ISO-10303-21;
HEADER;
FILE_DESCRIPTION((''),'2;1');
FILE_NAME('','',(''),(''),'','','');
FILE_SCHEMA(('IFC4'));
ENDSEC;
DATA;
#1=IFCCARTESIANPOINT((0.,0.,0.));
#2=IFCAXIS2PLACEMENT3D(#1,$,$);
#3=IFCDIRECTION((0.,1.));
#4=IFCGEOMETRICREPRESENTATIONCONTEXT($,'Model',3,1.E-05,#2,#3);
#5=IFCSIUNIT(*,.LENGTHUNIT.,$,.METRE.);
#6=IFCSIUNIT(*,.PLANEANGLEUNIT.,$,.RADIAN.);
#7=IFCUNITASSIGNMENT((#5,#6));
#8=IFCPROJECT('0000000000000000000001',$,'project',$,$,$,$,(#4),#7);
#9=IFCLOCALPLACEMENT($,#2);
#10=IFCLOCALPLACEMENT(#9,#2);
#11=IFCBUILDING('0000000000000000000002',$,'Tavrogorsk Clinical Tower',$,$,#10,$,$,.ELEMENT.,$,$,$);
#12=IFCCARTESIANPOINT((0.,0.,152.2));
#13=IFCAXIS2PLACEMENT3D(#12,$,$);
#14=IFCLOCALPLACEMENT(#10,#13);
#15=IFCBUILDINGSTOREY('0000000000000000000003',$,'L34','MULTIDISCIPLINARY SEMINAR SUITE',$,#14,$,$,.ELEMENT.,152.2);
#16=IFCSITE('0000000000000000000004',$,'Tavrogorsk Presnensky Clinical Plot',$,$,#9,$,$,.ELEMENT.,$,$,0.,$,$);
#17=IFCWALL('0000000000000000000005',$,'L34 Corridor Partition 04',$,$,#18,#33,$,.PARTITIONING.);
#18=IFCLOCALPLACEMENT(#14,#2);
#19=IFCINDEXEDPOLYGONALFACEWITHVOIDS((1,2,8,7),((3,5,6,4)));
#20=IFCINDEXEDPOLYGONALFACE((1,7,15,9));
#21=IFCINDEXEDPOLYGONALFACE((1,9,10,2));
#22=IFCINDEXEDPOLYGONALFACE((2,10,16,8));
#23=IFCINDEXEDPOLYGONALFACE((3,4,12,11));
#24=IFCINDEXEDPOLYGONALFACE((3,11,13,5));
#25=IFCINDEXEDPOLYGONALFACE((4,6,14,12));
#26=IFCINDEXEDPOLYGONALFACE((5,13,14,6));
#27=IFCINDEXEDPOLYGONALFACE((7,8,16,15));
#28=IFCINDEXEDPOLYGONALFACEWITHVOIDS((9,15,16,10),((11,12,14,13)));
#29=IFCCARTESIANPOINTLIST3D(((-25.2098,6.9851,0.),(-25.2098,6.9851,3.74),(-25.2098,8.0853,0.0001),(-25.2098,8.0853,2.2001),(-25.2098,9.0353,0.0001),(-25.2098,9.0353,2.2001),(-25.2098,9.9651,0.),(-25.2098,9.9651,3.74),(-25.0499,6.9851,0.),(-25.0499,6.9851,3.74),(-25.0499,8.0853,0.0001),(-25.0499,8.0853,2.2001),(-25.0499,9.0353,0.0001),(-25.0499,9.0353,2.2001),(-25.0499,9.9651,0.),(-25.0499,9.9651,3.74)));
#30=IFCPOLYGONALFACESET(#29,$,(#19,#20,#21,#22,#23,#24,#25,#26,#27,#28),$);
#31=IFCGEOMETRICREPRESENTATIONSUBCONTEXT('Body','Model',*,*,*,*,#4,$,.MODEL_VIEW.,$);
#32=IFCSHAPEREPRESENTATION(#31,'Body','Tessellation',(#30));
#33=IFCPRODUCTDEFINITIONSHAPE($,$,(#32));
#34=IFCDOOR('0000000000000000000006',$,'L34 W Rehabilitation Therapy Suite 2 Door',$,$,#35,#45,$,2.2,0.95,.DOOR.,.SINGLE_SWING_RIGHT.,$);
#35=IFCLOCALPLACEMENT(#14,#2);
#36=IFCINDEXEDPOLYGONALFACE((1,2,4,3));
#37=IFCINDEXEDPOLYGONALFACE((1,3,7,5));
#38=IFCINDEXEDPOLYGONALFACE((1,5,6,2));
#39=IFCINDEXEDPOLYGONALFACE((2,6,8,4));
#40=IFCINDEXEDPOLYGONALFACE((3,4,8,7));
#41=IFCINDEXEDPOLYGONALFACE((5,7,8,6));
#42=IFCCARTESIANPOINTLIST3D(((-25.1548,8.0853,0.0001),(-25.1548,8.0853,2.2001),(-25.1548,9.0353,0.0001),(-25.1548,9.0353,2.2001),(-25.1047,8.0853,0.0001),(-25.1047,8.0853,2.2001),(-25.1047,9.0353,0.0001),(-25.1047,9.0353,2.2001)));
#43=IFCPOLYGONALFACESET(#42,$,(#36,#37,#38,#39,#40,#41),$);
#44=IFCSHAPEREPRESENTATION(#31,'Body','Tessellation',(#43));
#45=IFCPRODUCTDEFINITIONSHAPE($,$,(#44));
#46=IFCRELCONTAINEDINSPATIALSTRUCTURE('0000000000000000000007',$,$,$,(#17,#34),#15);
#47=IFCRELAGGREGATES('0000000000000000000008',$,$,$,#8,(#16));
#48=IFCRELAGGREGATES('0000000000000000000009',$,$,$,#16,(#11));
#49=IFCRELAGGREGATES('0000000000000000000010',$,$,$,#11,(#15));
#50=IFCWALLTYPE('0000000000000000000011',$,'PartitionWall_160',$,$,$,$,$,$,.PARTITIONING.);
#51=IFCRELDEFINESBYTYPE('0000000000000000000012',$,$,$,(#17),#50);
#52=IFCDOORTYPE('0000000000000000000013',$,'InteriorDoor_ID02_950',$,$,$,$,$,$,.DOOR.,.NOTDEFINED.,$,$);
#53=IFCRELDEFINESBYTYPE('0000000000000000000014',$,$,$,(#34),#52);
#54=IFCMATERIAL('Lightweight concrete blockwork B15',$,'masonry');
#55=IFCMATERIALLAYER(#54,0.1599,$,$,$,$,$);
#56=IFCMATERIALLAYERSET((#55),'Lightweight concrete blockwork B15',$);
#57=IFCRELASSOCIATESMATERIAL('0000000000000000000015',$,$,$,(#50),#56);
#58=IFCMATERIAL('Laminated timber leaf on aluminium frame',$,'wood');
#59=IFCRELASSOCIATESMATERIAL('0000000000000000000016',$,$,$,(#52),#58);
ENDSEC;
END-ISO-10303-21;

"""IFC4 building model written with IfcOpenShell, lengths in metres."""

from ifc_helpers import new_model, si_unit, direction, frame, frame_2d, origin, place, context, subcontext, project, spatial, rectangle, extrude, material, layer, layer_set, type_object, element, fill, save


model = new_model("IFC4")

# Units and contexts
model_context = context("Model", 3, precision=1e-05, world=origin(), true_north=direction((0.0, 1.0)))
body_context = subcontext(model_context, "Body", "Model", "MODEL_VIEW")
ifc_project = project(units=[si_unit("LENGTHUNIT", "METRE"), si_unit("PLANEANGLEUNIT", "RADIAN")], contexts=[model_context])

# Site, building, storey
site_placement = place(None, origin())
site = spatial("IfcSite", under=ifc_project, at=site_placement, Name="Tavrogorsk Presnensky Clinical Plot", CompositionType="ELEMENT", RefElevation=0.0)
building_placement = place(site_placement, origin())
building = spatial("IfcBuilding", under=site, at=building_placement, Name="Tavrogorsk Clinical Tower", CompositionType="ELEMENT")
storey_placement = place(building_placement, frame((0.0, 0.0, 152.2)))
storey = spatial("IfcBuildingStorey", under=building, at=storey_placement, Name="L34", Description="MULTIDISCIPLINARY SEMINAR SUITE", CompositionType="ELEMENT", Elevation=152.2)

# Wall, opening, door
ifc_material_1 = material(Name="Lightweight concrete blockwork B15", Category="masonry")
ifc_layer_1 = layer(ifc_material_1, 0.1599)
ifc_layer_set_1 = layer_set([ifc_layer_1], Name="Lightweight concrete blockwork B15")
wall_type_1 = type_object("IfcWallType", Name="PartitionWall_160", PredefinedType="PARTITIONING", material=ifc_layer_set_1)
wall_1_placement = place(storey_placement, frame((-25.1299, 6.9851, 0.0), z_axis=(0.0, 0.0, 1.0), x_axis=(0.0, 1.0, 0.0)))
wall_1 = element("IfcWall", 1, at=wall_1_placement, inside=storey, type_object=wall_type_1, Name="L34 Corridor Partition 04", PredefinedType="PARTITIONING", context=body_context, shape_type="SweptSolid", body=[
    extrude(rectangle(XDim=2.98, YDim=0.1599, at=frame_2d((1.49, 0.0))), origin(), (0.0, 0.0, 1.0), 3.74),
])
opening_1_placement = place(wall_1_placement, frame((1.1001, 0.0, 0.0)))
opening_1 = element("IfcOpeningElement", 2, at=opening_1_placement, cuts=wall_1, PredefinedType="OPENING", context=body_context, shape_type="SweptSolid", body=[
    extrude(rectangle(XDim=0.95, YDim=2.2, at=frame_2d((0.4751, 1.1001))), frame((0.0, 0.0898, 0.0), z_axis=(0.0, -1.0, 0.0), x_axis=(1.0, 0.0, 0.0)), (0.0, 0.0, 1.0), 0.1799),
])
ifc_material_2 = material(Name="Laminated timber leaf on aluminium frame", Category="wood")
door_type_1 = type_object("IfcDoorType", Name="InteriorDoor_ID02_950", OperationType="NOTDEFINED", PredefinedType="DOOR", material=ifc_material_2)
door_1_placement = place(opening_1_placement, origin())
door_1 = element("IfcDoor", 3, at=door_1_placement, inside=storey, type_object=door_type_1, Name="L34 W Rehabilitation Therapy Suite 2 Door", OperationType="SINGLE_SWING_RIGHT", OverallHeight=2.2, OverallWidth=0.95, PredefinedType="DOOR", context=body_context, shape_type="SweptSolid", body=[
    extrude(rectangle(XDim=0.95, YDim=2.2, at=frame_2d((0.4751, 1.1001))), frame((0.0, 0.0249, 0.0), z_axis=(0.0, -1.0, 0.0), x_axis=(1.0, 0.0, 0.0)), (0.0, 0.0, 1.0), 0.05),
])
fill(opening_1, door_1)

save(model, "model.ifc")
